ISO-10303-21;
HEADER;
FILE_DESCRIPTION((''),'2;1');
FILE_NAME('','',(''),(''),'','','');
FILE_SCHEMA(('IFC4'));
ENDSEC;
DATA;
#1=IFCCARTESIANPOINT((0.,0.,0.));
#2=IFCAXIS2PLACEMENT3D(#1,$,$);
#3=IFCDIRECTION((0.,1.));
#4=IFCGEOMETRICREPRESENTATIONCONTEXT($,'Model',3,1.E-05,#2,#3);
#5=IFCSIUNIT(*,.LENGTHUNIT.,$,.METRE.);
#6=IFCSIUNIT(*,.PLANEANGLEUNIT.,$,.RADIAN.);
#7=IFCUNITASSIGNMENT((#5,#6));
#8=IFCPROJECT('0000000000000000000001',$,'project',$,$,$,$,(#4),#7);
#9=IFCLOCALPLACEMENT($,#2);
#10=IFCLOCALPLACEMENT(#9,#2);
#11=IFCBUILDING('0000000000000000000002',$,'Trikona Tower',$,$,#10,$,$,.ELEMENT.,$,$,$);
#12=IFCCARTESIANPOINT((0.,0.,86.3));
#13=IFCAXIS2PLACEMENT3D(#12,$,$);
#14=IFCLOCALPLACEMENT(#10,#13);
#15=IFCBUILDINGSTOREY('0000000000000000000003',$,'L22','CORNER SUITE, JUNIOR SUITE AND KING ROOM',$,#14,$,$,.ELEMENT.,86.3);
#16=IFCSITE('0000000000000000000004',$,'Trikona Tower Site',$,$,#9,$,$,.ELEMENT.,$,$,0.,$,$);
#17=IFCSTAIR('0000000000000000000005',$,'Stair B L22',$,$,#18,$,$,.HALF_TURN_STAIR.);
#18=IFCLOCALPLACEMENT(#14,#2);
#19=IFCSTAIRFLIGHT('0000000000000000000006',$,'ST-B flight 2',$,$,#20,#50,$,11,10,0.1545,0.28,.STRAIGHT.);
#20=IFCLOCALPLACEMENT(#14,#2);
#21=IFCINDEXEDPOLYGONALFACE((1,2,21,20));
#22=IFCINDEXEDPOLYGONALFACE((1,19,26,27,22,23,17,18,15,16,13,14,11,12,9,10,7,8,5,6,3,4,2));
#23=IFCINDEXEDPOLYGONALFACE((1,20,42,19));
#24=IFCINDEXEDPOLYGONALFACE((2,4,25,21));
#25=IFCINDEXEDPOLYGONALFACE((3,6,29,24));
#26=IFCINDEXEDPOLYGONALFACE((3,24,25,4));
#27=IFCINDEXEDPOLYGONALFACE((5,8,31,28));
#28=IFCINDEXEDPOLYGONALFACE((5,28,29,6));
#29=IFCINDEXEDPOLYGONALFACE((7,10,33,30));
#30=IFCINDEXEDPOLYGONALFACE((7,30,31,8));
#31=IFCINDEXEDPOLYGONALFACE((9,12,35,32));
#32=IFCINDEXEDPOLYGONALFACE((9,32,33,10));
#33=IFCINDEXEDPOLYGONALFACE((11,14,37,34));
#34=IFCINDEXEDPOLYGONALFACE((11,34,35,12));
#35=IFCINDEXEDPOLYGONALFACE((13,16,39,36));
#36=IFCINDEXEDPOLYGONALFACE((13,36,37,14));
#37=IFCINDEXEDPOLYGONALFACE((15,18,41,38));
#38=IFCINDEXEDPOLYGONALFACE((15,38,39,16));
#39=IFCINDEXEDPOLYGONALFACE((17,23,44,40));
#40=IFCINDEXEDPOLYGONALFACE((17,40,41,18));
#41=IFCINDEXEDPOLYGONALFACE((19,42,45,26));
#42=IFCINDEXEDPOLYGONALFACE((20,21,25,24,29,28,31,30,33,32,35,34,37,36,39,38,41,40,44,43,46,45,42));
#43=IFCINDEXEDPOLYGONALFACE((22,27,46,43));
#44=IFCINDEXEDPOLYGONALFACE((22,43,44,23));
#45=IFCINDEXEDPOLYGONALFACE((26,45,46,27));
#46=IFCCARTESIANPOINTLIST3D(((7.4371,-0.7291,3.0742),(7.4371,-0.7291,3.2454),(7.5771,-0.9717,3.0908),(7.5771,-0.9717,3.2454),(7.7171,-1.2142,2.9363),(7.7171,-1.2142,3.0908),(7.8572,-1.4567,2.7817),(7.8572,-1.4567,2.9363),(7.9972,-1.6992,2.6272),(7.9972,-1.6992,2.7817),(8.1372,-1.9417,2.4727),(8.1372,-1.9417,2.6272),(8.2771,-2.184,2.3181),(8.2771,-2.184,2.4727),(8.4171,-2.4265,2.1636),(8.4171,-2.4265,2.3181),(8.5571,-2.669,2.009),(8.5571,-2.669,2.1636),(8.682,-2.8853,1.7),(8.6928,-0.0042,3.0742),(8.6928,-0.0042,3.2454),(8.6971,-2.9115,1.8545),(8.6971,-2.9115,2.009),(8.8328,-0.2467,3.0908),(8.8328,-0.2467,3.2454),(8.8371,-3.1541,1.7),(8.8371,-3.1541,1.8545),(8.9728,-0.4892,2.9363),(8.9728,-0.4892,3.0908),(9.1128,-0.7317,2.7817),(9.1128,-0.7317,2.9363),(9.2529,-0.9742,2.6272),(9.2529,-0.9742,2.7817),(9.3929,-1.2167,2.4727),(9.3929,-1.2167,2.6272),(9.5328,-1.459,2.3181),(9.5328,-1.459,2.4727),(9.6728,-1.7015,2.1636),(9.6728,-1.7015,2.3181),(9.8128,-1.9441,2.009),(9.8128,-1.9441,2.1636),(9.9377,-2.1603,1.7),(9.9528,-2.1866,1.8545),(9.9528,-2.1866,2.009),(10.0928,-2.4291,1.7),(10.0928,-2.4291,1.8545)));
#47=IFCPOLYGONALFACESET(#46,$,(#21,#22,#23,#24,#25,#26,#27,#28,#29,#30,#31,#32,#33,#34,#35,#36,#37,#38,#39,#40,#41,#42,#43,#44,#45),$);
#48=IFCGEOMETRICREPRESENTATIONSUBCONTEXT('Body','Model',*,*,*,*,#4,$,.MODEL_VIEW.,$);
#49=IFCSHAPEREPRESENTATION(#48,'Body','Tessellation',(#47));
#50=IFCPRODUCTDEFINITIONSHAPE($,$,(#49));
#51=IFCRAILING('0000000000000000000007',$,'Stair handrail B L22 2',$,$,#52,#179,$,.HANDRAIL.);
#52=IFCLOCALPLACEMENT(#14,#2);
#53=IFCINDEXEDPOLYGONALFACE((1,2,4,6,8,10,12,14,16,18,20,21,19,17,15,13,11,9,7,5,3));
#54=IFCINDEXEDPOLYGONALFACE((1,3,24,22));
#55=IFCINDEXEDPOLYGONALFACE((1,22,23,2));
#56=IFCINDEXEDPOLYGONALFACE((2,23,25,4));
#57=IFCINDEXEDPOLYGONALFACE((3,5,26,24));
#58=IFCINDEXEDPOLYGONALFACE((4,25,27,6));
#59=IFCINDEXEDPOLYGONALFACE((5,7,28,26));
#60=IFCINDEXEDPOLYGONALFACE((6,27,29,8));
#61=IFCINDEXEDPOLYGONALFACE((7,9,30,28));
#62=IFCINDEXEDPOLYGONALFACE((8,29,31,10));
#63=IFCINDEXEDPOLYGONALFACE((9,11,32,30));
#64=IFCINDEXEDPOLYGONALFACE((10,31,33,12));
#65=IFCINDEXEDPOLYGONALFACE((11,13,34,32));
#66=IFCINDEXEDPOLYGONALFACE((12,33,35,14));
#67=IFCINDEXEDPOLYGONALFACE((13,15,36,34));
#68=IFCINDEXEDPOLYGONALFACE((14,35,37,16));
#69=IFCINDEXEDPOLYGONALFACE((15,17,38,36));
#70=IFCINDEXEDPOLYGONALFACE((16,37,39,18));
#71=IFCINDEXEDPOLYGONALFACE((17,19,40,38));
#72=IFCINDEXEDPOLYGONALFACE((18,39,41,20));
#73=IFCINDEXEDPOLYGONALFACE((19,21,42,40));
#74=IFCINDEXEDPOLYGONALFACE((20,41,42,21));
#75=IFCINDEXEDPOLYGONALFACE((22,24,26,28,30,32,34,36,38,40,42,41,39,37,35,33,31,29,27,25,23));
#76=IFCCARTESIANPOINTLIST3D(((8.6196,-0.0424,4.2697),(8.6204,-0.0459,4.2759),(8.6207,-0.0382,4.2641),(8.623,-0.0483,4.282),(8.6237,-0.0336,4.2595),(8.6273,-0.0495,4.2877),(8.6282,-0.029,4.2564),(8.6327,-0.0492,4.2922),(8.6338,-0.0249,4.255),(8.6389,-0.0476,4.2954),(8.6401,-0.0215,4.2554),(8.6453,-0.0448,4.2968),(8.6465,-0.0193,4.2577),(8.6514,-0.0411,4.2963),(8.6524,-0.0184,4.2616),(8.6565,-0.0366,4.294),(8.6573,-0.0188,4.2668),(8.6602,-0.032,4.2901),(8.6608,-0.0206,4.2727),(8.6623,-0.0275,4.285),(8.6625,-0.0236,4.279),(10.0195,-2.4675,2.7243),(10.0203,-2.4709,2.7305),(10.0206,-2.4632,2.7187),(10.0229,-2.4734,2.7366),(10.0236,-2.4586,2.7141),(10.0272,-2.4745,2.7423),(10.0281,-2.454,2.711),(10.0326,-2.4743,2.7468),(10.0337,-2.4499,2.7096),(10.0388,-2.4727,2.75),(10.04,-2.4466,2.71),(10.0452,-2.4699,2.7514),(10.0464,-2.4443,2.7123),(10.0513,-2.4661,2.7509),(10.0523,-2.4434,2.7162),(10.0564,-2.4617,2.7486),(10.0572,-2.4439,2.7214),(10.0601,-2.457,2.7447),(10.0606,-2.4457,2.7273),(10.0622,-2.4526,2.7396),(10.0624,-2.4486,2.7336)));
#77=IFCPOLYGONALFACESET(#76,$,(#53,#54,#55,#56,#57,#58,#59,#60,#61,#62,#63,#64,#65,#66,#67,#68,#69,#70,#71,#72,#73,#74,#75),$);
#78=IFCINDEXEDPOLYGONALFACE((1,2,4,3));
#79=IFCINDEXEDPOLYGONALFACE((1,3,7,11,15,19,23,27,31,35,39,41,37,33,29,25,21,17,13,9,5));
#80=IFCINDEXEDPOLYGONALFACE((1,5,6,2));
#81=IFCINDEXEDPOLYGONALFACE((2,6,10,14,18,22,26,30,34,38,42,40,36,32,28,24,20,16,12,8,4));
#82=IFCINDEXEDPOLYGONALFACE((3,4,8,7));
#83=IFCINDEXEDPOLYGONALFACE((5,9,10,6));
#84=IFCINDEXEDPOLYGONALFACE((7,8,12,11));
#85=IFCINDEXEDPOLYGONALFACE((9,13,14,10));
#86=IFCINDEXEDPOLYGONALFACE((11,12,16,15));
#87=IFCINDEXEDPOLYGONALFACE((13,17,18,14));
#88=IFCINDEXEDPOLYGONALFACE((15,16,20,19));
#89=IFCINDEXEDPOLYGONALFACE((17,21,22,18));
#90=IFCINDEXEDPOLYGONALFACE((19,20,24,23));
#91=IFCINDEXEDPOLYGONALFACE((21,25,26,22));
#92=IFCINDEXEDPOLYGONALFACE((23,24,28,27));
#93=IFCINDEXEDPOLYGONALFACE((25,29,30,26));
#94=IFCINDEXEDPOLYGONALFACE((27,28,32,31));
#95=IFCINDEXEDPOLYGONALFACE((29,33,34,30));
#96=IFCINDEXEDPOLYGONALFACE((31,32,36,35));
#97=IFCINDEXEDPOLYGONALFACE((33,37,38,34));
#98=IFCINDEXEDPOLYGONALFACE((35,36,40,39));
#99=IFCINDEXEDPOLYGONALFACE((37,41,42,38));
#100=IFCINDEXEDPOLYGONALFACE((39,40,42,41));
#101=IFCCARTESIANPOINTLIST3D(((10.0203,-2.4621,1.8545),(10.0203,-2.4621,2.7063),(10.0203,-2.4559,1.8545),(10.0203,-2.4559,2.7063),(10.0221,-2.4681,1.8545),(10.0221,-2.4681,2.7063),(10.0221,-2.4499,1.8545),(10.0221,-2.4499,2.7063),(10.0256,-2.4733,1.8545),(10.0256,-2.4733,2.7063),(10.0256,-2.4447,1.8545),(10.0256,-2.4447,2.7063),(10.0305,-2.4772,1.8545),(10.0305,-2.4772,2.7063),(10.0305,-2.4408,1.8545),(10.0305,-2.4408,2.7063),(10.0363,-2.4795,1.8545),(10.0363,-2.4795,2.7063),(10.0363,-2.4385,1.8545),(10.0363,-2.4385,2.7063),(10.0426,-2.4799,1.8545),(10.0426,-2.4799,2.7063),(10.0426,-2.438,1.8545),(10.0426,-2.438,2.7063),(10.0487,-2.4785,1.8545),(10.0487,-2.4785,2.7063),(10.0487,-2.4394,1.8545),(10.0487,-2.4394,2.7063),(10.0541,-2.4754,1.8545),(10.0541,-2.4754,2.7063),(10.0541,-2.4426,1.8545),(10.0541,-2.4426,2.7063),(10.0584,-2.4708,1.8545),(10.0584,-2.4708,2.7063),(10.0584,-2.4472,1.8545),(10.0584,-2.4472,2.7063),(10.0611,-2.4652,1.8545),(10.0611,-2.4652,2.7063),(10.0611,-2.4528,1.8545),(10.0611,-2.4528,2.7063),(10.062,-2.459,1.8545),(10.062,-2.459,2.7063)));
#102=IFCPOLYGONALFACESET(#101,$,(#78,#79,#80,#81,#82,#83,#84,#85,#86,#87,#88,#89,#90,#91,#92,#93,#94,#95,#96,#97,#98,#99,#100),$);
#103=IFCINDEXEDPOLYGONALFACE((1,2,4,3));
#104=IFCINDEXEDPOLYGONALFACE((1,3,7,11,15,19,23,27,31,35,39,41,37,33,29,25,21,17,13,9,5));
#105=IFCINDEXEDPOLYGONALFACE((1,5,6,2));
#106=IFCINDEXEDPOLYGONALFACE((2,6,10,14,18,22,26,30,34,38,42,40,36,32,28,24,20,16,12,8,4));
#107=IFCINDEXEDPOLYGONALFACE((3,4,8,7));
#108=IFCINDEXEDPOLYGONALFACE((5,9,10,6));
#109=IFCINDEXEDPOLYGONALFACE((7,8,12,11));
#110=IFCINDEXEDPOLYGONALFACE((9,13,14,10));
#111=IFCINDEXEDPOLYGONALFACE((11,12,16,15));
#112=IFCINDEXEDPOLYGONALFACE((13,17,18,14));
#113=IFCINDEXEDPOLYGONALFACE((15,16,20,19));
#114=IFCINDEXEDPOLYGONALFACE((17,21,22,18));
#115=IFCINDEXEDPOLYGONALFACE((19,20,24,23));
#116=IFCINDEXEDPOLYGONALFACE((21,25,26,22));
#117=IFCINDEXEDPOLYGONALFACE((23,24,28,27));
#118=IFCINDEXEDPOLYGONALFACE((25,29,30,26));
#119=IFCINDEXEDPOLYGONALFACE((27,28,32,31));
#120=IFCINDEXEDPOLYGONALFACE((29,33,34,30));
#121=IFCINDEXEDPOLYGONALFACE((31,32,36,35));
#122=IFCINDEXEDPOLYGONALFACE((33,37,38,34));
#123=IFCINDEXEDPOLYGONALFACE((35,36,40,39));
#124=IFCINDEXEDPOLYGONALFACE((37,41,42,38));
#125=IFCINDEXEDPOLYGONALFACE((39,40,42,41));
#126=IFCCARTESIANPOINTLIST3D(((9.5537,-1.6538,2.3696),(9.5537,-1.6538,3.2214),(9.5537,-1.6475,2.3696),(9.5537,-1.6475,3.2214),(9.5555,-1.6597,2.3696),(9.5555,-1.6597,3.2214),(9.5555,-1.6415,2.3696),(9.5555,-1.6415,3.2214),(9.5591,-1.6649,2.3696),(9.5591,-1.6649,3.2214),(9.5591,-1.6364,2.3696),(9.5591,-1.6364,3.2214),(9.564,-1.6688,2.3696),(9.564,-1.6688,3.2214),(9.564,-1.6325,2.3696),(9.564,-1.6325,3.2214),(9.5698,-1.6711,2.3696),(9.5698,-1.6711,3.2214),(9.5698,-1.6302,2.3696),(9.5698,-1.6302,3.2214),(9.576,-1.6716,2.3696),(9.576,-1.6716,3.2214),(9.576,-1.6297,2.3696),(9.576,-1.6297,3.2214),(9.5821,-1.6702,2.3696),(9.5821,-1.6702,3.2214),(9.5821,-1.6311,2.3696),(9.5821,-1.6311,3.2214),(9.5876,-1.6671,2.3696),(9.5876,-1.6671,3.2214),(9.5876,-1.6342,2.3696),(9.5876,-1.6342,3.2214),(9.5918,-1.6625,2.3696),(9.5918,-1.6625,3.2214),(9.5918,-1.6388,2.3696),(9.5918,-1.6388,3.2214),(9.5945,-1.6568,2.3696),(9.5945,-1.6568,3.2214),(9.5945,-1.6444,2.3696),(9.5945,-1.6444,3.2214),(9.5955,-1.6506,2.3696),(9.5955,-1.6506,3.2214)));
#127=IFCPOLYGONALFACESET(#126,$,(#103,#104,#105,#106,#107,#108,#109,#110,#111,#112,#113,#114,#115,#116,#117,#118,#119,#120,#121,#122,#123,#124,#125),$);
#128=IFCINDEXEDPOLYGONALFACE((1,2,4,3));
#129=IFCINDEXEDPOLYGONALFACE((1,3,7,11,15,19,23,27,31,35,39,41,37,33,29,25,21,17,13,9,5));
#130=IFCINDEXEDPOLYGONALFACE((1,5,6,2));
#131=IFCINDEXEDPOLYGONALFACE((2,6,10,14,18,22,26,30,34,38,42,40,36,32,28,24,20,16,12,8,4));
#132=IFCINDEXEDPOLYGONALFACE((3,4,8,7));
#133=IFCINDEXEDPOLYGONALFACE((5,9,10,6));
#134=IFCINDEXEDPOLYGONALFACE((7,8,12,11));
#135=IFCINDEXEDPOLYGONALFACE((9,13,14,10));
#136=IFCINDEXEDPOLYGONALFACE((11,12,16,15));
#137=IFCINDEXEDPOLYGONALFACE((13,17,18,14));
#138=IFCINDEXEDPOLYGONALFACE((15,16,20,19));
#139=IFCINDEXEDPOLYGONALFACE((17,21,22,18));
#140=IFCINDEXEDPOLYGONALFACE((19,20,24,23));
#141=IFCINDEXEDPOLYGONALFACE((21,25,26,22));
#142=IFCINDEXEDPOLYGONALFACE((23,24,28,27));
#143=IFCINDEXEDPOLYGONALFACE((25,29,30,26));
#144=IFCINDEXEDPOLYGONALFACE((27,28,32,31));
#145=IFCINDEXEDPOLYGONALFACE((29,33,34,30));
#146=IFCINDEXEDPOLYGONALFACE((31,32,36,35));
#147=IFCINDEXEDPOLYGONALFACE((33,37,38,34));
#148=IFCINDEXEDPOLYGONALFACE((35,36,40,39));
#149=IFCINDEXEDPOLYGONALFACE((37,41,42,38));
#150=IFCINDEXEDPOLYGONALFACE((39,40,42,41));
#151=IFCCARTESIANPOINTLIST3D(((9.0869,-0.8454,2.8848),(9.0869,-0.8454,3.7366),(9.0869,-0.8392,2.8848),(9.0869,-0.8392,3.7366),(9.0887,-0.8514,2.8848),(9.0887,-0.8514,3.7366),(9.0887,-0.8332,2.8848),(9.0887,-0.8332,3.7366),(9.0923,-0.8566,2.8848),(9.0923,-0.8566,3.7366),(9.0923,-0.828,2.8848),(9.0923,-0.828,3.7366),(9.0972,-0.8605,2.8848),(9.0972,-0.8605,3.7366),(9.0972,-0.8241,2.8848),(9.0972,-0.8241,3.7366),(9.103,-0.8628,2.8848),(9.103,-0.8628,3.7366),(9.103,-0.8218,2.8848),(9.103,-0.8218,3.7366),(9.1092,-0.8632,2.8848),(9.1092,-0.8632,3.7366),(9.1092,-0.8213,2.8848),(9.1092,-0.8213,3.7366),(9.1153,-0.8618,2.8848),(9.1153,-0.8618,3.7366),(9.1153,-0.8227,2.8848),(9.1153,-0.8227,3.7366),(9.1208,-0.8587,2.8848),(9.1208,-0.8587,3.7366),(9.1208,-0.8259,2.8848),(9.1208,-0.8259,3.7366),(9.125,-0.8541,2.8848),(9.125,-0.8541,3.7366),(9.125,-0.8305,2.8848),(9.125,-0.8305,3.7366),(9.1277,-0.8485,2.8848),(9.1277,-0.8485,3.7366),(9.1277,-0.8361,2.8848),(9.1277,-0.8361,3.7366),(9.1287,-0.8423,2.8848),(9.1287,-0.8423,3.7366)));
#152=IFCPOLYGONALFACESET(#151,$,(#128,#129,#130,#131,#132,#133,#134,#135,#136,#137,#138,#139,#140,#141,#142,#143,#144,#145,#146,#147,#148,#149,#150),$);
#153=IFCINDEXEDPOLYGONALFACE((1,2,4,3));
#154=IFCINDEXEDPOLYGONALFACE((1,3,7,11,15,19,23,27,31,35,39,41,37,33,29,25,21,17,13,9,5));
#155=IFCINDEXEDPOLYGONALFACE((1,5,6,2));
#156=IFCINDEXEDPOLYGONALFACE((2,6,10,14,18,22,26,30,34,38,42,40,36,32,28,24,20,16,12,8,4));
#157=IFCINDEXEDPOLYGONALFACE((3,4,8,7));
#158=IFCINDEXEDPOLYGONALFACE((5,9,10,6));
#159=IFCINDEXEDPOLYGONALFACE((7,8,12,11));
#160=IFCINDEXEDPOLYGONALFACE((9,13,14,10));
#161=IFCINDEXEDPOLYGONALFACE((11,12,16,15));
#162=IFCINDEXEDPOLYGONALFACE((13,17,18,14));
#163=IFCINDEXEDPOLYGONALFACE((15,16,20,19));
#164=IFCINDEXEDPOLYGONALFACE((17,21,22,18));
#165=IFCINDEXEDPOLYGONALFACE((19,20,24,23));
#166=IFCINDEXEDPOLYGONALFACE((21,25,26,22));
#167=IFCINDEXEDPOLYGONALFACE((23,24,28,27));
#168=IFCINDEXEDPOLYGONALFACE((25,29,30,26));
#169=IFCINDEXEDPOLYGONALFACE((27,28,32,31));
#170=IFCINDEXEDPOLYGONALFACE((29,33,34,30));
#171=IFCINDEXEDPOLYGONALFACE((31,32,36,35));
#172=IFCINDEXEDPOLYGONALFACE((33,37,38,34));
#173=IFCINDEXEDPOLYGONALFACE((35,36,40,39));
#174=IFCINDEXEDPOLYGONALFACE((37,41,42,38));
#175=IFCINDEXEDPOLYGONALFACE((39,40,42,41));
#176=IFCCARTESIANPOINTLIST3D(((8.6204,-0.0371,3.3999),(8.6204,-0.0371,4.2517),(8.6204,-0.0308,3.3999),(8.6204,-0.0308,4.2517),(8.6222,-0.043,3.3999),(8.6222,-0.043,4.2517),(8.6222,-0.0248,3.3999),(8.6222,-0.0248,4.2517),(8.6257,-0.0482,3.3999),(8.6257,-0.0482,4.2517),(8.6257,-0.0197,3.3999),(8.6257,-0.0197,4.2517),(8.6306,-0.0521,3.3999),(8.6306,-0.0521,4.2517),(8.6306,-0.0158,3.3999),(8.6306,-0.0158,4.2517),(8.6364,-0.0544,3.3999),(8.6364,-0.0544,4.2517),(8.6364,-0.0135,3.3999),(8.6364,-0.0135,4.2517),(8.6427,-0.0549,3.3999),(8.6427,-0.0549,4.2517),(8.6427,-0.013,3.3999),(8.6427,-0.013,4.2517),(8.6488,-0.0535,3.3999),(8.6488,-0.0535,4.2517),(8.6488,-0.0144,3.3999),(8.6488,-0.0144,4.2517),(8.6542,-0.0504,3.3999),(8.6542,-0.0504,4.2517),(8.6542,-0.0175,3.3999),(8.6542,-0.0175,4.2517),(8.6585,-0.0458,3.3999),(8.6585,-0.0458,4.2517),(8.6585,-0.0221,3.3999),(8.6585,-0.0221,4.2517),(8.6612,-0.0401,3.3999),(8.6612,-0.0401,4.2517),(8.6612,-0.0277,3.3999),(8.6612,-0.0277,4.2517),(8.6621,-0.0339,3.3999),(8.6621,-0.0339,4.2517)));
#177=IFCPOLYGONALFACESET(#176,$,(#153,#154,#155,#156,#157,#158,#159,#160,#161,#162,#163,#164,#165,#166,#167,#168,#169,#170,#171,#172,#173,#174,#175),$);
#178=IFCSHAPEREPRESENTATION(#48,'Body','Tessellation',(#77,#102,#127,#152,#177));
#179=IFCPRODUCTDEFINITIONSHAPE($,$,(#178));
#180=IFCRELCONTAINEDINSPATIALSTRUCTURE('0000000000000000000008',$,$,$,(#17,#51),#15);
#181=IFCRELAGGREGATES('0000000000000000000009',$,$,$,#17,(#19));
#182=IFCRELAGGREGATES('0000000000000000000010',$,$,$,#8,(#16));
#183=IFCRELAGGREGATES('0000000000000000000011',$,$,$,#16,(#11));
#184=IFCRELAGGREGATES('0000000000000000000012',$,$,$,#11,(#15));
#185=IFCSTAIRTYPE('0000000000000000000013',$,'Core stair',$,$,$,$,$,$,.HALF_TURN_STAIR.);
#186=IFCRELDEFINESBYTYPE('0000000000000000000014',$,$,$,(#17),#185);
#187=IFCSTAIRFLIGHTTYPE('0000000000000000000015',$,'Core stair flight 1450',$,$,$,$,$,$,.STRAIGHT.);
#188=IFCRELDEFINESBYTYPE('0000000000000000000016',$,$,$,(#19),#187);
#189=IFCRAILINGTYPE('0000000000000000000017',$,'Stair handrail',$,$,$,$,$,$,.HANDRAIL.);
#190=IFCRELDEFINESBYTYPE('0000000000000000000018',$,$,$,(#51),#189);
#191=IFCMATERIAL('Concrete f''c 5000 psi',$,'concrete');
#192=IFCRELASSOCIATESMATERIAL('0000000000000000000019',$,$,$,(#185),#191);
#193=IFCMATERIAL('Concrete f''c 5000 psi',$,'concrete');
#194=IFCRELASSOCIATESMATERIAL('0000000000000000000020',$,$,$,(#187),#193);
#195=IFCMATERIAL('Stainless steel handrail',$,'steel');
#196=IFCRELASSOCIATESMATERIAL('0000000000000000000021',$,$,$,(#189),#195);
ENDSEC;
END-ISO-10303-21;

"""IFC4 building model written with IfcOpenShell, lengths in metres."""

from ifc_helpers import new_model, si_unit, direction, frame, origin, origin_2d, place, context, subcontext, project, spatial, polyline, circle, outline, extrude, material, type_object, element, aggregate, save


model = new_model("IFC4")

# Units and contexts
model_context = context("Model", 3, precision=1e-05, world=origin(), true_north=direction((0.0, 1.0)))
body_context = subcontext(model_context, "Body", "Model", "MODEL_VIEW")
ifc_project = project(units=[si_unit("LENGTHUNIT", "METRE"), si_unit("PLANEANGLEUNIT", "RADIAN")], contexts=[model_context])

# Site, building, storey
site_placement = place(None, origin())
site = spatial("IfcSite", under=ifc_project, at=site_placement, Name="Trikona Tower Site", CompositionType="ELEMENT", RefElevation=0.0)
building_placement = place(site_placement, origin())
building = spatial("IfcBuilding", under=site, at=building_placement, Name="Trikona Tower", CompositionType="ELEMENT")
storey_placement = place(building_placement, frame((0.0, 0.0, 86.3)))
storey = spatial("IfcBuildingStorey", under=building, at=storey_placement, Name="L22", Description="CORNER SUITE, JUNIOR SUITE AND KING ROOM", CompositionType="ELEMENT", Elevation=86.3)

# Stair, stair flight
ifc_material_1 = material(Name="Concrete f'c 5000 psi", Category="concrete")
stair_type = type_object("IfcStairType", Name="Core stair", PredefinedType="HALF_TURN_STAIR", material=ifc_material_1)
stair_placement = place(storey_placement, origin())
stair = element("IfcStair", 1, at=stair_placement, inside=storey, type_object=stair_type, Name="Stair B L22", PredefinedType="HALF_TURN_STAIR")
ifc_material_2 = material(Name="Concrete f'c 5000 psi", Category="concrete")
stair_flight_type = type_object("IfcStairFlightType", Name="Core stair flight 1450", PredefinedType="STRAIGHT", material=ifc_material_2)
stair_flight_placement = place(storey_placement, frame((9.4651, -2.7915, 1.7), z_axis=(0.0, 0.0, 1.0), x_axis=(-0.5, 0.866025, 0.0)))
stair_flight = element("IfcStairFlight", 2, at=stair_flight_placement, type_object=stair_flight_type, Name="ST-B flight 2", NumberOfRisers=11, NumberOfTreads=10, PredefinedType="STRAIGHT", RiserHeight=0.1545, TreadLength=0.28, context=body_context, shape_type="SweptSolid", body=[
    extrude(outline(polyline([(0.0, 0.0), (0.0, 0.1545), (0.28, 0.1545), (0.28, 0.3091), (0.5601, 0.3091), (0.5601, 0.4636), (0.8401, 0.4636), (0.8401, 0.6182), (1.1201, 0.6182), (1.1201, 0.7727), (1.3999, 0.7727), (1.3999, 0.9272), (1.6799, 0.9272), (1.6799, 1.0818), (1.96, 1.0818), (1.96, 1.2363), (2.24, 1.2363), (2.24, 1.3909), (2.52, 1.3909), (2.52, 1.5454), (2.8, 1.5454), (2.8, 1.7), (2.8, 1.3743), (0.3103, 0.0), (0.0, 0.0)])), frame((0.0, 0.7251, 0.0), z_axis=(0.0, -1.0, 0.0), x_axis=(1.0, 0.0, 0.0)), (0.0, 0.0, 1.0), 1.45),
])
aggregate(stair, [stair_flight])

# Railing
ifc_material_3 = material(Name="Stainless steel handrail", Category="steel")
railing_type = type_object("IfcRailingType", Name="Stair handrail", PredefinedType="HANDRAIL", material=ifc_material_3)
railing_placement = place(storey_placement, frame((10.041, -2.459, 1.8545)))
element("IfcRailing", 3, at=railing_placement, inside=storey, type_object=railing_type, Name="Stair handrail B L22 2", PredefinedType="HANDRAIL", context=body_context, shape_type="SweptSolid", body=[
    extrude(circle(Radius=0.0239, at=origin_2d()), frame((0.0, 0.0, 0.876), z_axis=(-0.437707, 0.75824, 0.483203), x_axis=(-0.866056, -0.499946, 0.0)), (0.0, 0.0, 1.0), 3.1982),
    extrude(circle(Radius=0.021, at=origin_2d()), origin(), (0.0, 0.0, 1.0), 0.8518),
    extrude(circle(Radius=0.021, at=origin_2d()), frame((-0.4666, 0.8083, 0.5151)), (0.0, 0.0, 1.0), 0.8518),
    extrude(circle(Radius=0.021, at=origin_2d()), frame((-0.9333, 1.6167, 1.0303)), (0.0, 0.0, 1.0), 0.8518),
    extrude(circle(Radius=0.021, at=origin_2d()), frame((-1.3999, 2.425, 1.5454)), (0.0, 0.0, 1.0), 0.8518),
])

save(model, "model.ifc")
